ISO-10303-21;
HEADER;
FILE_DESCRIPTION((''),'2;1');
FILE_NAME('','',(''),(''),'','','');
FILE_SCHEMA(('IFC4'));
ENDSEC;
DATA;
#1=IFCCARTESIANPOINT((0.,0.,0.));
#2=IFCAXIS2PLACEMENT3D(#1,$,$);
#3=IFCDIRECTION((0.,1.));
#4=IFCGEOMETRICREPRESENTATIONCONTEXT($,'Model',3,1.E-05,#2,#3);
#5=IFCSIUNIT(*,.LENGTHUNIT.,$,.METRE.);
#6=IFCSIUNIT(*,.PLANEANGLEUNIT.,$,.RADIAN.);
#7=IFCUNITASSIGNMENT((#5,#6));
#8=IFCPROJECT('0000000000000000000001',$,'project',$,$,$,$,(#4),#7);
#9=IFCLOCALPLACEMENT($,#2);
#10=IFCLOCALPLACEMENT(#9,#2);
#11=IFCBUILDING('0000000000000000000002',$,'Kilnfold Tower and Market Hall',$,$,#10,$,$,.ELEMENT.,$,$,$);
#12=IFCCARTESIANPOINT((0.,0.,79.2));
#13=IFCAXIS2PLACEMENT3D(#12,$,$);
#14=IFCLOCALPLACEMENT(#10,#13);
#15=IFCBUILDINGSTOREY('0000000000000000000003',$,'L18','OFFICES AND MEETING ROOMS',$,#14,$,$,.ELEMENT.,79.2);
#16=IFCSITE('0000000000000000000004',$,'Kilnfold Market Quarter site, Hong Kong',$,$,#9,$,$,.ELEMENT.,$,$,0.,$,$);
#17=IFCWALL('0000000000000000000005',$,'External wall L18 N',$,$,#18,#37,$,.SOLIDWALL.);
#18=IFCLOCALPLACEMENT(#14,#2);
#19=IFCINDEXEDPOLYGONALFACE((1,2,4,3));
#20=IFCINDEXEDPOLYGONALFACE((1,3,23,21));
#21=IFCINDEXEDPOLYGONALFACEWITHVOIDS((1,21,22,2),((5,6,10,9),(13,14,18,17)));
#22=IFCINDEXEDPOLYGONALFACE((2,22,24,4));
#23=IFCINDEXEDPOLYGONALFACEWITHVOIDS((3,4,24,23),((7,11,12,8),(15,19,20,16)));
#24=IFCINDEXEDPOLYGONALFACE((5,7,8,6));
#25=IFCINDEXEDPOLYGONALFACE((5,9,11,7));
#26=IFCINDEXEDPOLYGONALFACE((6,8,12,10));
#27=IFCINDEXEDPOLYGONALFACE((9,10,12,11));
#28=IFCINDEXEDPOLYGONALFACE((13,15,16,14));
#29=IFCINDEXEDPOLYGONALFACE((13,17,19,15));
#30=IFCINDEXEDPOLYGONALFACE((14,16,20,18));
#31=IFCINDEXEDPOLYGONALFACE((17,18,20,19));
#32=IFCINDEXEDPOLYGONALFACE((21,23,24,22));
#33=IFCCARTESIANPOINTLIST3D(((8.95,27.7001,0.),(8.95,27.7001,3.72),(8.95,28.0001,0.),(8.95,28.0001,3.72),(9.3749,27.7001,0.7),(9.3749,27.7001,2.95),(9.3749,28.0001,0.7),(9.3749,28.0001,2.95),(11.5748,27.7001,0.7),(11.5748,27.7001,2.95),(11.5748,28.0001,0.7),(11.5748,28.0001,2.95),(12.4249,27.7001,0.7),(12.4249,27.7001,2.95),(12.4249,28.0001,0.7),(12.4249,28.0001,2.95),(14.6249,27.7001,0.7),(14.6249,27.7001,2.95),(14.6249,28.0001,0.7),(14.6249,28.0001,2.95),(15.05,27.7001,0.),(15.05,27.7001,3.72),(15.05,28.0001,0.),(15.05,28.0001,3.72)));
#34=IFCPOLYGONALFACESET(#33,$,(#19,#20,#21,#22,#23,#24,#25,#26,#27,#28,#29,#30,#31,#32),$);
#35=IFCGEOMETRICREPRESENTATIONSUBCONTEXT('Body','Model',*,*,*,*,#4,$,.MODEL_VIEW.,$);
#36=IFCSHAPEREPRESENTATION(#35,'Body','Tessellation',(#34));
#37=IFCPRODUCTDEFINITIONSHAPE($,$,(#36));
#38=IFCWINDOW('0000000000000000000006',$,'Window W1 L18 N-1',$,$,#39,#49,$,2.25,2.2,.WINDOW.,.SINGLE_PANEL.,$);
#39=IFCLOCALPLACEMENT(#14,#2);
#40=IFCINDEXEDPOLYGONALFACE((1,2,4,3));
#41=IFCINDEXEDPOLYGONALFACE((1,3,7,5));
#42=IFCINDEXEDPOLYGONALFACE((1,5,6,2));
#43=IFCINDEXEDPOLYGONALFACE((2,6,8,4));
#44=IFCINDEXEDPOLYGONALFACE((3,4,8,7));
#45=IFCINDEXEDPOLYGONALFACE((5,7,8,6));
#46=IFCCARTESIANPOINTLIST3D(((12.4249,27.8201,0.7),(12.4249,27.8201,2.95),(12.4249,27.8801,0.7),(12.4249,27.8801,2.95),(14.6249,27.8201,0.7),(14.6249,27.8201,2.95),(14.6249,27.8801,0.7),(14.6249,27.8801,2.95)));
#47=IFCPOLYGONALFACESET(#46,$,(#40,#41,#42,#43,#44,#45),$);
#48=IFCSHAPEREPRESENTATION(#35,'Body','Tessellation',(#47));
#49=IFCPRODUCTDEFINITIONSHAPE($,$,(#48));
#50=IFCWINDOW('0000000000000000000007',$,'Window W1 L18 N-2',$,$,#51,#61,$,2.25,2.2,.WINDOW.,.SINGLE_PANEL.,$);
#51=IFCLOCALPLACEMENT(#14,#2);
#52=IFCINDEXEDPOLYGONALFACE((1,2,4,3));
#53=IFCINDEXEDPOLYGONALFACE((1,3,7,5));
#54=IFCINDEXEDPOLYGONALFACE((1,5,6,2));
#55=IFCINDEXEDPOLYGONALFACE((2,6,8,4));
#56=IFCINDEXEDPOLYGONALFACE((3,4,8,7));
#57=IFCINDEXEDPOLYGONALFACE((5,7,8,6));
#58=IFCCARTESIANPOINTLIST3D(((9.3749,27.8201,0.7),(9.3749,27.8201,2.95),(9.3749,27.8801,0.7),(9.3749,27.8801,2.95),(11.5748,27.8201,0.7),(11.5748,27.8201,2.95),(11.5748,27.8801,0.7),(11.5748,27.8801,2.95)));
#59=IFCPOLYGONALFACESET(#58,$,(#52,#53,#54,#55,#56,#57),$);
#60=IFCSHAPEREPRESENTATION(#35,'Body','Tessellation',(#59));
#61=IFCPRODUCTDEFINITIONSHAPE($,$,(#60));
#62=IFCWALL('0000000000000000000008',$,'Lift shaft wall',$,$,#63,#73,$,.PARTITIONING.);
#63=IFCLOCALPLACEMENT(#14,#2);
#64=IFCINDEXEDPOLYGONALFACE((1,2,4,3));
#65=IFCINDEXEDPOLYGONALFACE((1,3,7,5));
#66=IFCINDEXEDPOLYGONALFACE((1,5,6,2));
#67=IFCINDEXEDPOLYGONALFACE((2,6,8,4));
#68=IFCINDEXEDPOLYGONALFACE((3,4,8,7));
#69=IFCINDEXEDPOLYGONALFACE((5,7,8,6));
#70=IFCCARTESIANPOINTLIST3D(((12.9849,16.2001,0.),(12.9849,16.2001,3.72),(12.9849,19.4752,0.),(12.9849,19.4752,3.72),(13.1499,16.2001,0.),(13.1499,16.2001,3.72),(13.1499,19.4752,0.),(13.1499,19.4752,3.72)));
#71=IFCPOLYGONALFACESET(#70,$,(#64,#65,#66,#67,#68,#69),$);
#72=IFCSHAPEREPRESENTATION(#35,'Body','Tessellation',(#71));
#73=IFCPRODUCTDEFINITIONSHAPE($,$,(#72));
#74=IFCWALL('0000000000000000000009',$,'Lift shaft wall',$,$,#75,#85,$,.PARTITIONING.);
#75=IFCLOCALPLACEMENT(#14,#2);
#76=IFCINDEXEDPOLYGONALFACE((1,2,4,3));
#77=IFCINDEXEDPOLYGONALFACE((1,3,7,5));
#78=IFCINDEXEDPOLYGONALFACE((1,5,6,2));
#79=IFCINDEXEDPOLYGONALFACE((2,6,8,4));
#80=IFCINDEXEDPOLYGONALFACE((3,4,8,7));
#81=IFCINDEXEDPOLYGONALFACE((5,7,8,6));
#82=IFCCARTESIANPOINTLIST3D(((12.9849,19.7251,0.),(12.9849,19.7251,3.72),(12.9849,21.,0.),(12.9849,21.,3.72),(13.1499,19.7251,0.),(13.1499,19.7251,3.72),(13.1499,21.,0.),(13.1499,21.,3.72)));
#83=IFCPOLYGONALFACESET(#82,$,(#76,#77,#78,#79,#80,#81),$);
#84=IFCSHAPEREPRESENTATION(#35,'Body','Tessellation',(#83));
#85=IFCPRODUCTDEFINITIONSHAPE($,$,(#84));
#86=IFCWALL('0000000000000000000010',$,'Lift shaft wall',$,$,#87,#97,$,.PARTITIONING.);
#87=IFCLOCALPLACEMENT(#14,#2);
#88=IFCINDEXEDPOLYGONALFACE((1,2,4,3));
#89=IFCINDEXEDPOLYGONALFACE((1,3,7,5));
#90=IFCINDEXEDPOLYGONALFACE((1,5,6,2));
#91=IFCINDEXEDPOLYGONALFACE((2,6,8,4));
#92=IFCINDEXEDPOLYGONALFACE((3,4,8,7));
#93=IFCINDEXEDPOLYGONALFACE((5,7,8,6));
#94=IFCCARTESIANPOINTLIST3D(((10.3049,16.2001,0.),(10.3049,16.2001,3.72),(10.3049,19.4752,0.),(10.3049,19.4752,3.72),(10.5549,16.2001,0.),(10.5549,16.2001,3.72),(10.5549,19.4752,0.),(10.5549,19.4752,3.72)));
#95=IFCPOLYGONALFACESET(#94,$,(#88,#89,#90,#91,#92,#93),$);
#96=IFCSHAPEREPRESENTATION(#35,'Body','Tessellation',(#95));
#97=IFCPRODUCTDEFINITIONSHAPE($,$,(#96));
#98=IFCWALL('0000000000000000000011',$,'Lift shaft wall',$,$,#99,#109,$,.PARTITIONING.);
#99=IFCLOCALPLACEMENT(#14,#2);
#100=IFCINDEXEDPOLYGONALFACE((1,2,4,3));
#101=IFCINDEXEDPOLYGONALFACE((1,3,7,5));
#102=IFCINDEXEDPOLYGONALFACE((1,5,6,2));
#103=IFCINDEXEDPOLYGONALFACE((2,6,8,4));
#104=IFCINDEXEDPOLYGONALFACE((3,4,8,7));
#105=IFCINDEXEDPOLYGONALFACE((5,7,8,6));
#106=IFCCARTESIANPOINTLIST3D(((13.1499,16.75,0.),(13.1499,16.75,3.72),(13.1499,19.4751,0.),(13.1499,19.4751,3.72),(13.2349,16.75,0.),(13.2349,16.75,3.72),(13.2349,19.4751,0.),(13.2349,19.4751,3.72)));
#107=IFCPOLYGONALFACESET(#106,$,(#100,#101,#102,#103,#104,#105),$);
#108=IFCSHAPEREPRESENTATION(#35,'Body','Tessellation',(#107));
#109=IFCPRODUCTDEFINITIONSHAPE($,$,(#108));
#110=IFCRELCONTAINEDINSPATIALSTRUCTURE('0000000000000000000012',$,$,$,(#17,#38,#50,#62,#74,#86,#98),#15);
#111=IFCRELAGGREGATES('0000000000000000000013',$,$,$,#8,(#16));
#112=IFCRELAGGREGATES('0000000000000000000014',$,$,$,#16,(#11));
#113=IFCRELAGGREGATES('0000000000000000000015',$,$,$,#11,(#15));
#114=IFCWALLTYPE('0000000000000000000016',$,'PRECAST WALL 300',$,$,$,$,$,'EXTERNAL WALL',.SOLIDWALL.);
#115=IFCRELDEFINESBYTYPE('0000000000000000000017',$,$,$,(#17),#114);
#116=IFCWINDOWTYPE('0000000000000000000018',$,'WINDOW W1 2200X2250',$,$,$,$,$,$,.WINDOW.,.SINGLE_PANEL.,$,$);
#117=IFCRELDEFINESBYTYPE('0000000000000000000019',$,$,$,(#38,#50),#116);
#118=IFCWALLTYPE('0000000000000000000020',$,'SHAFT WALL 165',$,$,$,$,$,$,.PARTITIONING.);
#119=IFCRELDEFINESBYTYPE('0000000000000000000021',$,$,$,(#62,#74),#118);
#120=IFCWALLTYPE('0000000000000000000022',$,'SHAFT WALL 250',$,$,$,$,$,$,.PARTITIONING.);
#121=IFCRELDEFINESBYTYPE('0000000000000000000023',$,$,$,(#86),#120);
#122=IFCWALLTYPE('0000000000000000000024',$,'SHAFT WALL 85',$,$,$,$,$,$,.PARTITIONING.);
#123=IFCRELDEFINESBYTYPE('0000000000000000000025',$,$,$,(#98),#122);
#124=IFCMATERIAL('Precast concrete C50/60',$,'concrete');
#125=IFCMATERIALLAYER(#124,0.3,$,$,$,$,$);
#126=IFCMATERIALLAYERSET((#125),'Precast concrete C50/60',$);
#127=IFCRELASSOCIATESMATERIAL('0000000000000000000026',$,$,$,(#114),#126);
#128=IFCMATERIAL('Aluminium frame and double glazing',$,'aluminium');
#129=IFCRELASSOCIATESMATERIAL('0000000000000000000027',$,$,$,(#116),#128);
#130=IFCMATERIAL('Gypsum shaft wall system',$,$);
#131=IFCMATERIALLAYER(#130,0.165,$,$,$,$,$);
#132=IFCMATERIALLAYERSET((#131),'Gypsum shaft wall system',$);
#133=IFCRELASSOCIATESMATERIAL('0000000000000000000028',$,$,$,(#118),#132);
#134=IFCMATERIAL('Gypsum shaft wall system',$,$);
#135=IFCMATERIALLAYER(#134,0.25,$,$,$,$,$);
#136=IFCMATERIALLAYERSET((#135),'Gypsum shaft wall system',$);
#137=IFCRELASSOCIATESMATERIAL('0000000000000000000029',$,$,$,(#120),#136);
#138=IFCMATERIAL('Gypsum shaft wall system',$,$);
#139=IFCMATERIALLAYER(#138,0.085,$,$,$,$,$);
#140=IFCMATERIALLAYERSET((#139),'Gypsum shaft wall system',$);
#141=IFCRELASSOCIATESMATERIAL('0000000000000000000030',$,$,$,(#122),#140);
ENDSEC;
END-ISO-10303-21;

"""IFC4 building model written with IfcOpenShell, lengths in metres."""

from ifc_helpers import new_model, si_unit, direction, frame, frame_2d, origin, place, context, subcontext, project, spatial, rectangle, extrude, source, transform, mapped, material, layer, layer_set, type_object, element, fill, save


model = new_model("IFC4")

# Units and contexts
model_context = context("Model", 3, precision=1e-05, world=origin(), true_north=direction((0.0, 1.0)))
body_context = subcontext(model_context, "Body", "Model", "MODEL_VIEW")
ifc_project = project(units=[si_unit("LENGTHUNIT", "METRE"), si_unit("PLANEANGLEUNIT", "RADIAN")], contexts=[model_context])

# Site, building, storey
site_placement = place(None, origin())
site = spatial("IfcSite", under=ifc_project, at=site_placement, Name="Kilnfold Market Quarter site, Hong Kong", CompositionType="ELEMENT", RefElevation=0.0)
building_placement = place(site_placement, origin())
building = spatial("IfcBuilding", under=site, at=building_placement, Name="Kilnfold Tower and Market Hall", CompositionType="ELEMENT")
storey_placement = place(building_placement, frame((0.0, 0.0, 79.2)))
storey = spatial("IfcBuildingStorey", under=building, at=storey_placement, Name="L18", Description="OFFICES AND MEETING ROOMS", CompositionType="ELEMENT", Elevation=79.2)

# Wall, openings, windows
ifc_material_1 = material(Name="Precast concrete C50/60", Category="concrete")
ifc_layer_1 = layer(ifc_material_1, 0.3)
ifc_layer_set_1 = layer_set([ifc_layer_1], Name="Precast concrete C50/60")
wall_type_1 = type_object("IfcWallType", Name="PRECAST WALL 300", ElementType="EXTERNAL WALL", PredefinedType="SOLIDWALL", material=ifc_layer_set_1)
shared_shape_1 = source(origin(), body_context, "Body", "SweptSolid", [
    extrude(rectangle(XDim=6.1001, YDim=0.3, at=frame_2d((3.05, 0.0))), origin(), (0.0, 0.0, 1.0), 3.72),
])
ifc_material_2 = material(Name="Aluminium frame and double glazing", Category="aluminium")
window_type = type_object("IfcWindowType", Name="WINDOW W1 2200X2250", PartitioningType="SINGLE_PANEL", PredefinedType="WINDOW", material=ifc_material_2)
wall_1_placement = place(storey_placement, frame((15.05, 27.8501, 0.0), z_axis=(0.0, 0.0, 1.0), x_axis=(-1.0, 0.0, 0.0)))
wall_1 = element("IfcWall", 1, at=wall_1_placement, inside=storey, type_object=wall_type_1, Name="External wall L18 N", PredefinedType="SOLIDWALL", context=body_context, shape_type="MappedRepresentation", body=[
    mapped(shared_shape_1, transform((0.0, 0.0, 0.0))),
])
opening_1_placement = place(wall_1_placement, frame((0.425, 0.0, 0.7)))
opening_1 = element("IfcOpeningElement", 2, at=opening_1_placement, cuts=wall_1, PredefinedType="OPENING", context=body_context, shape_type="SweptSolid", body=[
    extrude(rectangle(XDim=2.2, YDim=2.25, at=frame_2d((1.1001, 1.125))), frame((0.0, 0.1602, 0.0), z_axis=(0.0, -1.0, 0.0), x_axis=(1.0, 0.0, 0.0)), (0.0, 0.0, 1.0), 0.3201),
])
opening_2_placement = place(wall_1_placement, frame((3.4751, 0.0, 0.7)))
opening_2 = element("IfcOpeningElement", 3, at=opening_2_placement, cuts=wall_1, PredefinedType="OPENING", context=body_context, shape_type="SweptSolid", body=[
    extrude(rectangle(XDim=2.2, YDim=2.25, at=frame_2d((1.1001, 1.125))), frame((0.0, 0.1602, 0.0), z_axis=(0.0, -1.0, 0.0), x_axis=(1.0, 0.0, 0.0)), (0.0, 0.0, 1.0), 0.3201),
])
window_1_placement = place(opening_1_placement, origin())
window_1 = element("IfcWindow", 4, at=window_1_placement, inside=storey, type_object=window_type, Name="Window W1 L18 N-1", OverallHeight=2.25, OverallWidth=2.2, PartitioningType="SINGLE_PANEL", PredefinedType="WINDOW", context=body_context, shape_type="SweptSolid", body=[
    extrude(rectangle(XDim=2.2, YDim=2.25, at=frame_2d((1.1001, 1.125))), frame((0.0, 0.03, 0.0), z_axis=(0.0, -1.0, 0.0), x_axis=(1.0, 0.0, 0.0)), (0.0, 0.0, 1.0), 0.0601),
])
fill(opening_1, window_1)
window_2_placement = place(opening_2_placement, origin())
window_2 = element("IfcWindow", 5, at=window_2_placement, inside=storey, type_object=window_type, Name="Window W1 L18 N-2", OverallHeight=2.25, OverallWidth=2.2, PartitioningType="SINGLE_PANEL", PredefinedType="WINDOW", context=body_context, shape_type="SweptSolid", body=[
    extrude(rectangle(XDim=2.2, YDim=2.25, at=frame_2d((1.1001, 1.125))), frame((0.0, 0.03, 0.0), z_axis=(0.0, -1.0, 0.0), x_axis=(1.0, 0.0, 0.0)), (0.0, 0.0, 1.0), 0.0601),
])
fill(opening_2, window_2)

# Walls
ifc_material_3 = material(Name="Gypsum shaft wall system")
ifc_layer_2 = layer(ifc_material_3, 0.165)
ifc_layer_set_2 = layer_set([ifc_layer_2], Name="Gypsum shaft wall system")
wall_type_2 = type_object("IfcWallType", Name="SHAFT WALL 165", PredefinedType="PARTITIONING", material=ifc_layer_set_2)
shared_shape_2 = source(origin(), body_context, "Body", "SweptSolid", [
    extrude(rectangle(XDim=3.2751, YDim=0.165, at=frame_2d((1.6377, 0.0))), origin(), (0.0, 0.0, 1.0), 3.72),
])
wall_2_placement = place(storey_placement, frame((13.0674, 16.2, 0.0), z_axis=(0.0, 0.0, 1.0), x_axis=(0.0, 1.0, 0.0)))
element("IfcWall", 6, at=wall_2_placement, inside=storey, type_object=wall_type_2, Name="Lift shaft wall", PredefinedType="PARTITIONING", context=body_context, shape_type="MappedRepresentation", body=[
    mapped(shared_shape_2, transform((0.0, 0.0, 0.0))),
])
shared_shape_3 = source(origin(), body_context, "Body", "SweptSolid", [
    extrude(rectangle(XDim=1.2749, YDim=0.165, at=frame_2d((0.6375, 0.0))), origin(), (0.0, 0.0, 1.0), 3.72),
])
wall_3_placement = place(storey_placement, frame((13.0674, 19.7251, 0.0), z_axis=(0.0, 0.0, 1.0), x_axis=(0.0, 1.0, 0.0)))
element("IfcWall", 7, at=wall_3_placement, inside=storey, type_object=wall_type_2, Name="Lift shaft wall", PredefinedType="PARTITIONING", context=body_context, shape_type="MappedRepresentation", body=[
    mapped(shared_shape_3, transform((0.0, 0.0, 0.0))),
])
ifc_material_4 = material(Name="Gypsum shaft wall system")
ifc_layer_3 = layer(ifc_material_4, 0.25)
ifc_layer_set_3 = layer_set([ifc_layer_3], Name="Gypsum shaft wall system")
wall_type_3 = type_object("IfcWallType", Name="SHAFT WALL 250", PredefinedType="PARTITIONING", material=ifc_layer_set_3)
shared_shape_4 = source(origin(), body_context, "Body", "SweptSolid", [
    extrude(rectangle(XDim=3.2751, YDim=0.25, at=frame_2d((1.6377, 0.0))), origin(), (0.0, 0.0, 1.0), 3.72),
])
wall_4_placement = place(storey_placement, frame((10.4299, 16.2, 0.0), z_axis=(0.0, 0.0, 1.0), x_axis=(0.0, 1.0, 0.0)))
element("IfcWall", 8, at=wall_4_placement, inside=storey, type_object=wall_type_3, Name="Lift shaft wall", PredefinedType="PARTITIONING", context=body_context, shape_type="MappedRepresentation", body=[
    mapped(shared_shape_4, transform((0.0, 0.0, 0.0))),
])
ifc_material_5 = material(Name="Gypsum shaft wall system")
ifc_layer_4 = layer(ifc_material_5, 0.085)
ifc_layer_set_4 = layer_set([ifc_layer_4], Name="Gypsum shaft wall system")
wall_type_4 = type_object("IfcWallType", Name="SHAFT WALL 85", PredefinedType="PARTITIONING", material=ifc_layer_set_4)
shared_shape_5 = source(origin(), body_context, "Body", "SweptSolid", [
    extrude(rectangle(XDim=2.7251, YDim=0.085, at=frame_2d((1.3625, 0.0))), origin(), (0.0, 0.0, 1.0), 3.72),
])
wall_5_placement = place(storey_placement, frame((13.1924, 16.75, 0.0), z_axis=(0.0, 0.0, 1.0), x_axis=(0.0, 1.0, 0.0)))
element("IfcWall", 9, at=wall_5_placement, inside=storey, type_object=wall_type_4, Name="Lift shaft wall", PredefinedType="PARTITIONING", context=body_context, shape_type="MappedRepresentation", body=[
    mapped(shared_shape_5, transform((0.0, 0.0, 0.0))),
])

save(model, "model.ifc")
